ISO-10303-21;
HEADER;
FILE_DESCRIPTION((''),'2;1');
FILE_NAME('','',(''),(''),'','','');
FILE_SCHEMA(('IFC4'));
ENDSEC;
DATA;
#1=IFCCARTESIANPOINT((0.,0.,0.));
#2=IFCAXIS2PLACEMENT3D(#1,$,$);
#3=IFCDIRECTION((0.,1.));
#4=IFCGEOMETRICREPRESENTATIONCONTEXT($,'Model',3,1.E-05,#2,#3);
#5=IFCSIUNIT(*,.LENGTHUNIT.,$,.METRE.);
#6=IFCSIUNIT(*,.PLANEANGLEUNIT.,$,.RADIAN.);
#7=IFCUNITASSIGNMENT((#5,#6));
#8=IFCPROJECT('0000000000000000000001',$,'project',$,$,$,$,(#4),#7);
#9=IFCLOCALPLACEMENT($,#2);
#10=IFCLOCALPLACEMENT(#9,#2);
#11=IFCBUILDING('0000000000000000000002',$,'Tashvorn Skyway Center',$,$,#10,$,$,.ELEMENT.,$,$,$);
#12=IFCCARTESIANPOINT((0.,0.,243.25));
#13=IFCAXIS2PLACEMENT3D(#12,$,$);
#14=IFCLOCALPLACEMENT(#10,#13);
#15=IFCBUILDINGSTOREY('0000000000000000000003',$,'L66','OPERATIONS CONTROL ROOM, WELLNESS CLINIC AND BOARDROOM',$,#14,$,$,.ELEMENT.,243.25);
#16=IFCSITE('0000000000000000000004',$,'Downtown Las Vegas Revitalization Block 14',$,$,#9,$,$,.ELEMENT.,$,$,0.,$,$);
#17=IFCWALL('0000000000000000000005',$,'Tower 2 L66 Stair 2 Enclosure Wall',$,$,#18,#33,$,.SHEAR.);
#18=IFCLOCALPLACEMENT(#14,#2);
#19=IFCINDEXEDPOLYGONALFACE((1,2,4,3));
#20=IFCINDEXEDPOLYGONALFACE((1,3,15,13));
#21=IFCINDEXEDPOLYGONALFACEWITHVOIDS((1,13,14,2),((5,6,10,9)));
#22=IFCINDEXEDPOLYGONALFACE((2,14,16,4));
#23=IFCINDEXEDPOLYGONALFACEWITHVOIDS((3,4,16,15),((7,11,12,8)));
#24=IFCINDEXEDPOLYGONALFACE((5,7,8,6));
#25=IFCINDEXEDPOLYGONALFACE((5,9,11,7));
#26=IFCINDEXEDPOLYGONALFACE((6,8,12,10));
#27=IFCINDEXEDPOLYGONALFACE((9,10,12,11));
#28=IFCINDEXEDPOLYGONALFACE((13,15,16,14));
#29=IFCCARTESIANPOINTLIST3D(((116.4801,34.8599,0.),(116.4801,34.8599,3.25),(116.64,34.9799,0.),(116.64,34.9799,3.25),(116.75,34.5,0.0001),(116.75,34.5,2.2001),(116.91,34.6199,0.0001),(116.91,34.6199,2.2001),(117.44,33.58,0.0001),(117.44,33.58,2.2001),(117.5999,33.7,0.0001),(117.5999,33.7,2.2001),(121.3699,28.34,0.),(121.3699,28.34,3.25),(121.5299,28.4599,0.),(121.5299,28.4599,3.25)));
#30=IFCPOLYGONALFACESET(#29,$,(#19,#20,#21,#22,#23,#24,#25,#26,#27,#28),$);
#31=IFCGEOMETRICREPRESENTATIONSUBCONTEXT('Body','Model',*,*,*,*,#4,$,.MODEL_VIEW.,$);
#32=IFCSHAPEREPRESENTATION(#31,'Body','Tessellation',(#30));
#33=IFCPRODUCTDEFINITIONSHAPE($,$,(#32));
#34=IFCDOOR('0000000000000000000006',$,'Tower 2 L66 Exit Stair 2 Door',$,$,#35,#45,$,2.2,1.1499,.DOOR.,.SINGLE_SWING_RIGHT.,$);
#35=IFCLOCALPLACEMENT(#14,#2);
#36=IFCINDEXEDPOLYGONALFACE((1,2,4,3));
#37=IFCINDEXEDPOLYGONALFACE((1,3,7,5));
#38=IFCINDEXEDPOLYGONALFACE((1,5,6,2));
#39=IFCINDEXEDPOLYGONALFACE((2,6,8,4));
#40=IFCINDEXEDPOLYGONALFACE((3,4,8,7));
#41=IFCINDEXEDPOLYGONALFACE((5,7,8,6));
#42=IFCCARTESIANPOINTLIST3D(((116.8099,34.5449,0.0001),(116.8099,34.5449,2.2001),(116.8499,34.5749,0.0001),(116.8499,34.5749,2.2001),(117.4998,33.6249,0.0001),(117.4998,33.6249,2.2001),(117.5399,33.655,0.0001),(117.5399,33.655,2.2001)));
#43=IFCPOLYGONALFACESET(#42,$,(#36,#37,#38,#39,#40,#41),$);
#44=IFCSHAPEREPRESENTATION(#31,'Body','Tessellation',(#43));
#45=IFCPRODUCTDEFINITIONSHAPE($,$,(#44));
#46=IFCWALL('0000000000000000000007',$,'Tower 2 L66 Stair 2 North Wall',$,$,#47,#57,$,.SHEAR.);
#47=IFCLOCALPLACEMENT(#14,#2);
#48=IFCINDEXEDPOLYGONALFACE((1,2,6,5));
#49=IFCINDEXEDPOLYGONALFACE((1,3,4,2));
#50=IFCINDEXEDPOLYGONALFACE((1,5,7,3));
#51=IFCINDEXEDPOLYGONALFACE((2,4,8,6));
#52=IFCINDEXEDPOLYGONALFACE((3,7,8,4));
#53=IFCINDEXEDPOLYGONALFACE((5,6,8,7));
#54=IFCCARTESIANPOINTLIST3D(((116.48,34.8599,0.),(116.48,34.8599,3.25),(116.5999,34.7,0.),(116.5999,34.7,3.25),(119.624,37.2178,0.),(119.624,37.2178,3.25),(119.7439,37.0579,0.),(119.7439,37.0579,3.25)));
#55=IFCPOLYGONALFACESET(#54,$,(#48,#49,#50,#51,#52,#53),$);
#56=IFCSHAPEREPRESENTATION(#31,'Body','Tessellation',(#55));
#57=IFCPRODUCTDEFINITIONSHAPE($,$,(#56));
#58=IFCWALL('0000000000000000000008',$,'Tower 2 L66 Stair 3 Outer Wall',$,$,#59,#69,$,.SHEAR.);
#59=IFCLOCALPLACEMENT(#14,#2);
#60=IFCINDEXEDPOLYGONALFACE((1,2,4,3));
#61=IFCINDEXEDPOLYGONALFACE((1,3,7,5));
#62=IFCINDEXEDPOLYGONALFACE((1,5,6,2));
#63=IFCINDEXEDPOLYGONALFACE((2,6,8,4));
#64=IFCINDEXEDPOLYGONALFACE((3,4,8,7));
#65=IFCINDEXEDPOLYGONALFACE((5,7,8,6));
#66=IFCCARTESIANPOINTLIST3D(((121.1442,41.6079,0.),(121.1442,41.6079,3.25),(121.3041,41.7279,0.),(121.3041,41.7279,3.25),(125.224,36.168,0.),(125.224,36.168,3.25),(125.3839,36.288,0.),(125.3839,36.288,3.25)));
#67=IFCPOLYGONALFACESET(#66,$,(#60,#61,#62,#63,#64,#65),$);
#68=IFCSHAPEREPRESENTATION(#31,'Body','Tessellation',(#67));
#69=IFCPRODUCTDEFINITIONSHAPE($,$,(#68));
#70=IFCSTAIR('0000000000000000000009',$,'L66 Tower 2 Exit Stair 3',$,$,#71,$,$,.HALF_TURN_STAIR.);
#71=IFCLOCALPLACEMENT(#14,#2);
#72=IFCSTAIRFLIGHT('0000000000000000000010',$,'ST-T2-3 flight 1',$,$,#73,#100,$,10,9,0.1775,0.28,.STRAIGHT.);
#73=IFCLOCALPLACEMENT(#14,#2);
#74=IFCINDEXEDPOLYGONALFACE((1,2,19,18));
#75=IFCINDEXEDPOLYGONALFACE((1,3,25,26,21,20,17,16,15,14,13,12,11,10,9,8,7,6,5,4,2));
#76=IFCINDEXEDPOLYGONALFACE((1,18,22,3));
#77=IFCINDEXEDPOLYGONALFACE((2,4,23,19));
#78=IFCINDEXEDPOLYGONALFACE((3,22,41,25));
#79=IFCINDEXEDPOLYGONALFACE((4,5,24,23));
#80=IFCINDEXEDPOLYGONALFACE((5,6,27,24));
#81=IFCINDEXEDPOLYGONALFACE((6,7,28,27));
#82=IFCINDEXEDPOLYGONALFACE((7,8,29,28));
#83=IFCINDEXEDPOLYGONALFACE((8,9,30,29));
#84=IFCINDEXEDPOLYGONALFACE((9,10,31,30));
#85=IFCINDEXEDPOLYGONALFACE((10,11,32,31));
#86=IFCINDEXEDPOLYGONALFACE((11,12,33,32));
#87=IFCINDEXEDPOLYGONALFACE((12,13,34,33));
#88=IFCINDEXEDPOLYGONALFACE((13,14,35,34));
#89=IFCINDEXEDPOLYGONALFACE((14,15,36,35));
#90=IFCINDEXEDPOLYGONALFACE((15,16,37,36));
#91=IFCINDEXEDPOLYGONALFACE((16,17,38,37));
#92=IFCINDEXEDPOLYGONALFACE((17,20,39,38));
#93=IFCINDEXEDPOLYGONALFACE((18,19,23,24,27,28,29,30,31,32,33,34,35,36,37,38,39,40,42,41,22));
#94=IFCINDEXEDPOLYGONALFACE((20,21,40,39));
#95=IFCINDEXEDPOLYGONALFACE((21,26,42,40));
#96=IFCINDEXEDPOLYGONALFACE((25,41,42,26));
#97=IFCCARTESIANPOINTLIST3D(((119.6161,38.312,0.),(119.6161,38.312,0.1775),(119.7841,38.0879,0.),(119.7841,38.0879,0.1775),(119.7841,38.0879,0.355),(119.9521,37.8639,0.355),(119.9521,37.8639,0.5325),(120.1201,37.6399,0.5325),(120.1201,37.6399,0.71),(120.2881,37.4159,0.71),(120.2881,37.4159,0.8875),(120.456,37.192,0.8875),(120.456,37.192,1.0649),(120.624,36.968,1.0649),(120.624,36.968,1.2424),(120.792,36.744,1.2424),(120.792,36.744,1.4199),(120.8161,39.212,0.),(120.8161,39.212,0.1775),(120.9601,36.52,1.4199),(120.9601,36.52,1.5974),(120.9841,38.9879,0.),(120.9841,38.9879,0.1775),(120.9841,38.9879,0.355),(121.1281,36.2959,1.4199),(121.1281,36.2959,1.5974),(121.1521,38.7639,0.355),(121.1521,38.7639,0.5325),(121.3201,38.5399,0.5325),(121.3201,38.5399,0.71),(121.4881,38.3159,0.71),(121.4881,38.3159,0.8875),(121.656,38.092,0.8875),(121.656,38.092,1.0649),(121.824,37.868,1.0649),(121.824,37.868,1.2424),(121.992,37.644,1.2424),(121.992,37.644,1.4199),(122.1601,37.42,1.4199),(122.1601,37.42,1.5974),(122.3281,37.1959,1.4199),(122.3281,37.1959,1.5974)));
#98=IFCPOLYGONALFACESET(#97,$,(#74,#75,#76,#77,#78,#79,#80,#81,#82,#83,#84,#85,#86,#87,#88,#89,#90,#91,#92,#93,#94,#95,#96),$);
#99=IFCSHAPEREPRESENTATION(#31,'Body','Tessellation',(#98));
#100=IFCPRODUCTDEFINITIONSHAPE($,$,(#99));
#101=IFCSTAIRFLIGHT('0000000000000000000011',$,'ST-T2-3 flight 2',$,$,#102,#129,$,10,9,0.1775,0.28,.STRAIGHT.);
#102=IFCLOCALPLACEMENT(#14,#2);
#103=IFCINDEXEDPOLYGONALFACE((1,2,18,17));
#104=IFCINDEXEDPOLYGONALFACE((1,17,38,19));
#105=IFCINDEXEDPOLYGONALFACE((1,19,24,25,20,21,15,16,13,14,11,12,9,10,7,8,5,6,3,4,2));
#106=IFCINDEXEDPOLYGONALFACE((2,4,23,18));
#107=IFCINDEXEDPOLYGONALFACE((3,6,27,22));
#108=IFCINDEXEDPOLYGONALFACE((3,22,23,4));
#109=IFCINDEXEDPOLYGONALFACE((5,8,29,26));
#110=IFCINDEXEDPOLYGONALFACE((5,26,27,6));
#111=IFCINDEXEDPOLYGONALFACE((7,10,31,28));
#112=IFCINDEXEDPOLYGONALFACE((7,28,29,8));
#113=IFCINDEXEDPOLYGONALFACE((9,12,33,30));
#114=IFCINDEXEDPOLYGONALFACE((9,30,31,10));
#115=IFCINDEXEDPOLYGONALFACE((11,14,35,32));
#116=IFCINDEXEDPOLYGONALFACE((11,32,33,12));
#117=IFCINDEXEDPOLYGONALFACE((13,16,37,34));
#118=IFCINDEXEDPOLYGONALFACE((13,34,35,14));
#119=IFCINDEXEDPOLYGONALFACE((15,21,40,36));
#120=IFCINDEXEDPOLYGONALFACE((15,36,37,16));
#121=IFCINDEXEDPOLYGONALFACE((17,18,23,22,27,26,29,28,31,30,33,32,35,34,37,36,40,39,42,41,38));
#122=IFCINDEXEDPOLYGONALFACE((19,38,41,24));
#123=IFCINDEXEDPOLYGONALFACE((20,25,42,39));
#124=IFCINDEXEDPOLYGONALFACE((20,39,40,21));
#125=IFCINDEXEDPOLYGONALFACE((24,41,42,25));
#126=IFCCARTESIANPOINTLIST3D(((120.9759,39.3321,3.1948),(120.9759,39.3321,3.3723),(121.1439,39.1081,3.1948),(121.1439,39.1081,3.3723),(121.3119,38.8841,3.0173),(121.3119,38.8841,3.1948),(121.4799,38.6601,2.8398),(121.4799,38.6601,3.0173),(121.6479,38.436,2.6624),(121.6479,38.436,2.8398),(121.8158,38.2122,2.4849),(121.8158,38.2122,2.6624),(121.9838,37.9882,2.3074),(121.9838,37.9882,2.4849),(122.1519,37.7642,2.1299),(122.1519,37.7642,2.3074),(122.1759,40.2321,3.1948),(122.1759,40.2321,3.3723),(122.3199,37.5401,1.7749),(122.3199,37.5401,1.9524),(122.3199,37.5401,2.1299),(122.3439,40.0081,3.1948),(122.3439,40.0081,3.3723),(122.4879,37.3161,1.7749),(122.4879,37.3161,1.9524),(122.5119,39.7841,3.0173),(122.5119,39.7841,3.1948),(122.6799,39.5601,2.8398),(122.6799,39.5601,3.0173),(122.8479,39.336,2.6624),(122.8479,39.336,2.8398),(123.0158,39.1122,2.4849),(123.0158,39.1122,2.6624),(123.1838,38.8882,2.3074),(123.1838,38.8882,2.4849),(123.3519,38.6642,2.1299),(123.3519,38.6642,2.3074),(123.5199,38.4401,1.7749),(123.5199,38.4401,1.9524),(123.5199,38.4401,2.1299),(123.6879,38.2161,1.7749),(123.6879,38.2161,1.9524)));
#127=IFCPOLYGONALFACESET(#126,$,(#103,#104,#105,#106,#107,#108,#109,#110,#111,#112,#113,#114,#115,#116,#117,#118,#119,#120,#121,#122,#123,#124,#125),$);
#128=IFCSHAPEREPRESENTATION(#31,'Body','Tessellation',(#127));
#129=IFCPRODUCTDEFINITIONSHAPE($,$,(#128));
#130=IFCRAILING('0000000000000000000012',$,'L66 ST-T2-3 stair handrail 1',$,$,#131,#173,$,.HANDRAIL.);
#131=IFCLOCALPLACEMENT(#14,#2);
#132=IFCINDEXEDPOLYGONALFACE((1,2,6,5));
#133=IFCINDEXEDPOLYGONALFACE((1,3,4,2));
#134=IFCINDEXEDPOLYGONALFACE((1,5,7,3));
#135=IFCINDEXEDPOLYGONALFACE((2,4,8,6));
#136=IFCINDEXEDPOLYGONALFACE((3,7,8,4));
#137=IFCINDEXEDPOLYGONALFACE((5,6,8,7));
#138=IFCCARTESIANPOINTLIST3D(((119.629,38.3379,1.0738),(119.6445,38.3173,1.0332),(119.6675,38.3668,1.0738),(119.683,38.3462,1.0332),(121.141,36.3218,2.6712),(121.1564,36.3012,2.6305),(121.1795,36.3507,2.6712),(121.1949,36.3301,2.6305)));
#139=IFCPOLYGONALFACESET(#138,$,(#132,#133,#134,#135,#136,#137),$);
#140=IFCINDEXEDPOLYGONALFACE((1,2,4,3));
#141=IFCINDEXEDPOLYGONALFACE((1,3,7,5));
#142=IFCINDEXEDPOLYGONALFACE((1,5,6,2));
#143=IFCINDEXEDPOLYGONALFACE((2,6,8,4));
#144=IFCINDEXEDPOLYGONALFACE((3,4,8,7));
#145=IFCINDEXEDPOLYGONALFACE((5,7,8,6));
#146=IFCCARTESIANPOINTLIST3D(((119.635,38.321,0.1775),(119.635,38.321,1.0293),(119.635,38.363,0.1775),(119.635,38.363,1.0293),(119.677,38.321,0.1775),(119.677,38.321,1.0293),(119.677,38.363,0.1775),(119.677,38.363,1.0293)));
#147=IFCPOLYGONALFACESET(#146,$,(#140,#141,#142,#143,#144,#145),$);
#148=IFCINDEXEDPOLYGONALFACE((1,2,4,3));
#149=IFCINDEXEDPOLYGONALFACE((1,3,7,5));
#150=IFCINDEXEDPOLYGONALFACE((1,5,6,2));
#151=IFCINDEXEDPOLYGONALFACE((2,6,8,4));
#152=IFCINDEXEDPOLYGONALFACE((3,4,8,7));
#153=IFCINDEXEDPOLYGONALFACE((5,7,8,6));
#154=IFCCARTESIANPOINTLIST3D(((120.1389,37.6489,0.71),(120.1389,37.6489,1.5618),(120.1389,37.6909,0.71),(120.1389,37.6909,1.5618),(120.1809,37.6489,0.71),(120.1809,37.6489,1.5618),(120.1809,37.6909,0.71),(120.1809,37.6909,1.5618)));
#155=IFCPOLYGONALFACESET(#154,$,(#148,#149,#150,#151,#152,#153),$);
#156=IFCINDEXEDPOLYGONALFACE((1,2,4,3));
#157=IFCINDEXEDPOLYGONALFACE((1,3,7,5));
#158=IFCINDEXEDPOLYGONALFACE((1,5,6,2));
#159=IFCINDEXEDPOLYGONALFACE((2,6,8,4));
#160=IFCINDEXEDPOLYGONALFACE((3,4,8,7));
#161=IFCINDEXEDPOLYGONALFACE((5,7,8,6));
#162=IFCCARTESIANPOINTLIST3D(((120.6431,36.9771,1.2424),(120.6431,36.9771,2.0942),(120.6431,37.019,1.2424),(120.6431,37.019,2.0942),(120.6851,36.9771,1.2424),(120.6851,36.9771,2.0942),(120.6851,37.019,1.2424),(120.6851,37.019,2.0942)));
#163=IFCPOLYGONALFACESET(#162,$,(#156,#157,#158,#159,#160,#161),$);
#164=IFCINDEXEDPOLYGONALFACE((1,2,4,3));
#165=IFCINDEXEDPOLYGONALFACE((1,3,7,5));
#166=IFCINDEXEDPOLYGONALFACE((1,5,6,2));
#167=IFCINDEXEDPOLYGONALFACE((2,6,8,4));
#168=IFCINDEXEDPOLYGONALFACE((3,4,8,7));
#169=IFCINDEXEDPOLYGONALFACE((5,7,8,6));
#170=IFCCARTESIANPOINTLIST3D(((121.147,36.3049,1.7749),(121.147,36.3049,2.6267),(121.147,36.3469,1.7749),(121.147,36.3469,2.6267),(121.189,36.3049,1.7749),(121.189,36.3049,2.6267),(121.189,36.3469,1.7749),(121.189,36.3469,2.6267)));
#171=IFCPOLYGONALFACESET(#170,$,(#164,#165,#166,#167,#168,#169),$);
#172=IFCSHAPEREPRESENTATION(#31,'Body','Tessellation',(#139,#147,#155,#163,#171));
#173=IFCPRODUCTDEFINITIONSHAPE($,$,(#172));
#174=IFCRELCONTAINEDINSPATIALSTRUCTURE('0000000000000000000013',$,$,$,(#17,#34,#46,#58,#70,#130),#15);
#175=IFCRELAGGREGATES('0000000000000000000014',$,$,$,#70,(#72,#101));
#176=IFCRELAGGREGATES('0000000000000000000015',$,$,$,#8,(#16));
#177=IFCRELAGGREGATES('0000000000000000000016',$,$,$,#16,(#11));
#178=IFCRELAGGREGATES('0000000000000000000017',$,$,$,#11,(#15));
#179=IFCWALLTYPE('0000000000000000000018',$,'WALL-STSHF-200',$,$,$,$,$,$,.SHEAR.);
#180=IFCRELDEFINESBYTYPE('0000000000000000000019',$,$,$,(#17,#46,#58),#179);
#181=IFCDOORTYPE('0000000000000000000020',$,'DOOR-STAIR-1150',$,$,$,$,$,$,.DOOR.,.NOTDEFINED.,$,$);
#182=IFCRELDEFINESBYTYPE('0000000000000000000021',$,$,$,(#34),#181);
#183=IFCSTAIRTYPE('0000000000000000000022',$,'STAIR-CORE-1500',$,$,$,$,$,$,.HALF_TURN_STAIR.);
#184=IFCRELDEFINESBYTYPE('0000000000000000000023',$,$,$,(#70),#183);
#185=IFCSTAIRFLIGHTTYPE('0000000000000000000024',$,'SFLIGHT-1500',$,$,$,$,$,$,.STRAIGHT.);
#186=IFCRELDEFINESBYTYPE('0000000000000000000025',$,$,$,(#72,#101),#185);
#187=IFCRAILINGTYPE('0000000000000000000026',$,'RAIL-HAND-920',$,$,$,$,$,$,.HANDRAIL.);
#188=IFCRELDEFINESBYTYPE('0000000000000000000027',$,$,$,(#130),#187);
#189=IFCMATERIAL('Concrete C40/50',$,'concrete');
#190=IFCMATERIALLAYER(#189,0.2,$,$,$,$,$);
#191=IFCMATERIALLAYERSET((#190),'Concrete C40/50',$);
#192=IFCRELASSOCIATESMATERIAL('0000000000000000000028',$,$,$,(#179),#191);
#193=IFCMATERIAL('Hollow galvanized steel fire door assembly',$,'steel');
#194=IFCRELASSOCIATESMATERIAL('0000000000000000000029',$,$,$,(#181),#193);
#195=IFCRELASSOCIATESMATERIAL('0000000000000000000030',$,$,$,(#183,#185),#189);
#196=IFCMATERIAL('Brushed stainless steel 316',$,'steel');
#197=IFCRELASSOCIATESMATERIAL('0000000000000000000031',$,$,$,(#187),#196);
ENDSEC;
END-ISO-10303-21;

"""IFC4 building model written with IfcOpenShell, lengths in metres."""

from ifc_helpers import new_model, si_unit, direction, frame, frame_2d, origin, origin_2d, place, context, subcontext, project, spatial, polyline, rectangle, outline, extrude, material, layer, layer_set, type_object, element, fill, aggregate, save


model = new_model("IFC4")

# Units and contexts
model_context = context("Model", 3, precision=1e-05, world=origin(), true_north=direction((0.0, 1.0)))
body_context = subcontext(model_context, "Body", "Model", "MODEL_VIEW")
ifc_project = project(units=[si_unit("LENGTHUNIT", "METRE"), si_unit("PLANEANGLEUNIT", "RADIAN")], contexts=[model_context])

# Site, building, storey
site_placement = place(None, origin())
site = spatial("IfcSite", under=ifc_project, at=site_placement, Name="Downtown Las Vegas Revitalization Block 14", CompositionType="ELEMENT", RefElevation=0.0)
building_placement = place(site_placement, origin())
building = spatial("IfcBuilding", under=site, at=building_placement, Name="Tashvorn Skyway Center", CompositionType="ELEMENT")
storey_placement = place(building_placement, frame((0.0, 0.0, 243.25)))
storey = spatial("IfcBuildingStorey", under=building, at=storey_placement, Name="L66", Description="OPERATIONS CONTROL ROOM, WELLNESS CLINIC AND BOARDROOM", CompositionType="ELEMENT", Elevation=243.25)

# Shared definitions
ifc_material_1 = material(Name="Concrete C40/50", Category="concrete")

# Wall, opening, door
ifc_layer_1 = layer(ifc_material_1, 0.2)
ifc_layer_set_1 = layer_set([ifc_layer_1], Name="Concrete C40/50")
wall_type_1 = type_object("IfcWallType", Name="WALL-STSHF-200", PredefinedType="SHEAR", material=ifc_layer_set_1)
wall_1_placement = place(storey_placement, frame((116.5601, 34.9199, 0.0), z_axis=(0.0, 0.0, 1.0), x_axis=(0.59999, -0.800007, 0.0)))
wall_1 = element("IfcWall", 1, at=wall_1_placement, inside=storey, type_object=wall_type_1, Name="Tower 2 L66 Stair 2 Enclosure Wall", PredefinedType="SHEAR", context=body_context, shape_type="SweptSolid", body=[
    extrude(rectangle(XDim=8.1499, YDim=0.2, at=frame_2d((4.075, 0.0))), origin(), (0.0, 0.0, 1.0), 3.25),
])
opening_placement = place(wall_1_placement, frame((0.45, 0.0, 0.0)))
opening = element("IfcOpeningElement", 2, at=opening_placement, cuts=wall_1, PredefinedType="OPENING", context=body_context, shape_type="SweptSolid", body=[
    extrude(rectangle(XDim=1.1499, YDim=2.2, at=frame_2d((0.575, 1.1001))), frame((0.0, 0.1099, 0.0), z_axis=(0.0, -1.0, 0.0), x_axis=(1.0, 0.0, 0.0)), (0.0, 0.0, 1.0), 0.22),
])
ifc_material_2 = material(Name="Hollow galvanized steel fire door assembly", Category="steel")
door_type = type_object("IfcDoorType", Name="DOOR-STAIR-1150", OperationType="NOTDEFINED", PredefinedType="DOOR", material=ifc_material_2)
door_placement = place(opening_placement, origin())
door = element("IfcDoor", 3, at=door_placement, inside=storey, type_object=door_type, Name="Tower 2 L66 Exit Stair 2 Door", OperationType="SINGLE_SWING_RIGHT", OverallHeight=2.2, OverallWidth=1.1499, PredefinedType="DOOR", context=body_context, shape_type="SweptSolid", body=[
    extrude(rectangle(XDim=1.1499, YDim=2.2, at=frame_2d((0.575, 1.1001))), frame((0.0, 0.0249, 0.0), z_axis=(0.0, -1.0, 0.0), x_axis=(1.0, 0.0, 0.0)), (0.0, 0.0, 1.0), 0.05),
])
fill(opening, door)

# Walls
wall_2_placement = place(storey_placement, frame((116.54, 34.78, 0.0), z_axis=(0.0, 0.0, 1.0), x_axis=(0.800015, 0.59998, 0.0)))
element("IfcWall", 4, at=wall_2_placement, inside=storey, type_object=wall_type_1, Name="Tower 2 L66 Stair 2 North Wall", PredefinedType="SHEAR", context=body_context, shape_type="SweptSolid", body=[
    extrude(rectangle(XDim=3.9299, YDim=0.2, at=frame_2d((1.9648, 0.0))), origin(), (0.0, 0.0, 1.0), 3.25),
])
wall_3_placement = place(storey_placement, frame((125.304, 36.228, 0.0), z_axis=(0.0, 0.0, 1.0), x_axis=(-0.599989, 0.800009, 0.0)))
element("IfcWall", 5, at=wall_3_placement, inside=storey, type_object=wall_type_1, Name="Tower 2 L66 Stair 3 Outer Wall", PredefinedType="SHEAR", context=body_context, shape_type="SweptSolid", body=[
    extrude(rectangle(XDim=6.7998, YDim=0.2, at=frame_2d((3.3999, 0.0))), origin(), (0.0, 0.0, 1.0), 3.25),
])

# Stair, stair flights
stair_type = type_object("IfcStairType", Name="STAIR-CORE-1500", PredefinedType="HALF_TURN_STAIR", material=ifc_material_1)
stair_placement = place(storey_placement, origin())
stair = element("IfcStair", 6, at=stair_placement, inside=storey, type_object=stair_type, Name="L66 Tower 2 Exit Stair 3", PredefinedType="HALF_TURN_STAIR")
stair_flight_type = type_object("IfcStairFlightType", Name="SFLIGHT-1500", PredefinedType="STRAIGHT", material=ifc_material_1)
stair_flight_1_placement = place(storey_placement, frame((120.2161, 38.762, 0.0), z_axis=(0.0, 0.0, 1.0), x_axis=(0.6, -0.8, 0.0)))
stair_flight_1 = element("IfcStairFlight", 7, at=stair_flight_1_placement, type_object=stair_flight_type, Name="ST-T2-3 flight 1", NumberOfRisers=10, NumberOfTreads=9, PredefinedType="STRAIGHT", RiserHeight=0.1775, TreadLength=0.28, context=body_context, shape_type="SweptSolid", body=[
    extrude(outline(polyline([(0.0, 0.0), (0.0, 0.1775), (0.28, 0.1775), (0.28, 0.355), (0.5601, 0.355), (0.5601, 0.5325), (0.8401, 0.5325), (0.8401, 0.71), (1.1201, 0.71), (1.1201, 0.8875), (1.3999, 0.8875), (1.3999, 1.0649), (1.6799, 1.0649), (1.6799, 1.2424), (1.96, 1.2424), (1.96, 1.4199), (2.24, 1.4199), (2.24, 1.5974), (2.52, 1.5974), (2.52, 1.7749), (2.52, 1.4199), (0.28, 0.0), (0.0, 0.0)])), frame((0.0, 0.75, 0.0), z_axis=(0.0, -1.0, 0.0), x_axis=(1.0, 0.0, 0.0)), (0.0, 0.0, 1.0), 1.5),
])
stair_flight_2_placement = place(storey_placement, frame((123.0879, 37.7661, 1.7749), z_axis=(0.0, 0.0, 1.0), x_axis=(-0.6, 0.8, 0.0)))
stair_flight_2 = element("IfcStairFlight", 8, at=stair_flight_2_placement, type_object=stair_flight_type, Name="ST-T2-3 flight 2", NumberOfRisers=10, NumberOfTreads=9, PredefinedType="STRAIGHT", RiserHeight=0.1775, TreadLength=0.28, context=body_context, shape_type="SweptSolid", body=[
    extrude(outline(polyline([(0.0, 0.0), (0.0, 0.1775), (0.28, 0.1775), (0.28, 0.355), (0.5601, 0.355), (0.5601, 0.5325), (0.8401, 0.5325), (0.8401, 0.71), (1.1201, 0.71), (1.1201, 0.8875), (1.3999, 0.8875), (1.3999, 1.0649), (1.6799, 1.0649), (1.6799, 1.2424), (1.96, 1.2424), (1.96, 1.4199), (2.24, 1.4199), (2.24, 1.5974), (2.52, 1.5974), (2.52, 1.7749), (2.52, 1.4199), (0.28, 0.0), (0.0, 0.0)])), frame((0.0, 0.75, 0.0), z_axis=(0.0, -1.0, 0.0), x_axis=(1.0, 0.0, 0.0)), (0.0, 0.0, 1.0), 1.5),
])
aggregate(stair, [stair_flight_1, stair_flight_2])

# Railing
ifc_material_3 = material(Name="Brushed stainless steel 316", Category="steel")
railing_type_1 = type_object("IfcRailingType", Name="RAIL-HAND-920", PredefinedType="HANDRAIL", material=ifc_material_3)
railing_1_placement = place(storey_placement, frame((119.656, 38.342, 0.1775)))
element("IfcRailing", 9, at=railing_1_placement, inside=storey, type_object=railing_type_1, Name="L66 ST-T2-3 stair handrail 1", PredefinedType="HANDRAIL", context=body_context, shape_type="SweptSolid", body=[
    extrude(rectangle(XDim=0.0481, YDim=0.0481, at=origin_2d()), frame((0.0, 0.0, 0.876), z_axis=(0.506741, -0.675709, 0.535379), x_axis=(0.800023, 0.599969, 0.0)), (0.0, 0.0, 1.0), 2.9836),
    extrude(rectangle(XDim=0.042, YDim=0.042, at=origin_2d()), origin(), (0.0, 0.0, 1.0), 0.8518),
    extrude(rectangle(XDim=0.042, YDim=0.042, at=origin_2d()), frame((0.5039, -0.6721, 0.5325)), (0.0, 0.0, 1.0), 0.8518),
    extrude(rectangle(XDim=0.042, YDim=0.042, at=origin_2d()), frame((1.0081, -1.344, 1.0649)), (0.0, 0.0, 1.0), 0.8518),
    extrude(rectangle(XDim=0.042, YDim=0.042, at=origin_2d()), frame((1.512, -2.0161, 1.5974)), (0.0, 0.0, 1.0), 0.8518),
])

save(model, "model.ifc")
